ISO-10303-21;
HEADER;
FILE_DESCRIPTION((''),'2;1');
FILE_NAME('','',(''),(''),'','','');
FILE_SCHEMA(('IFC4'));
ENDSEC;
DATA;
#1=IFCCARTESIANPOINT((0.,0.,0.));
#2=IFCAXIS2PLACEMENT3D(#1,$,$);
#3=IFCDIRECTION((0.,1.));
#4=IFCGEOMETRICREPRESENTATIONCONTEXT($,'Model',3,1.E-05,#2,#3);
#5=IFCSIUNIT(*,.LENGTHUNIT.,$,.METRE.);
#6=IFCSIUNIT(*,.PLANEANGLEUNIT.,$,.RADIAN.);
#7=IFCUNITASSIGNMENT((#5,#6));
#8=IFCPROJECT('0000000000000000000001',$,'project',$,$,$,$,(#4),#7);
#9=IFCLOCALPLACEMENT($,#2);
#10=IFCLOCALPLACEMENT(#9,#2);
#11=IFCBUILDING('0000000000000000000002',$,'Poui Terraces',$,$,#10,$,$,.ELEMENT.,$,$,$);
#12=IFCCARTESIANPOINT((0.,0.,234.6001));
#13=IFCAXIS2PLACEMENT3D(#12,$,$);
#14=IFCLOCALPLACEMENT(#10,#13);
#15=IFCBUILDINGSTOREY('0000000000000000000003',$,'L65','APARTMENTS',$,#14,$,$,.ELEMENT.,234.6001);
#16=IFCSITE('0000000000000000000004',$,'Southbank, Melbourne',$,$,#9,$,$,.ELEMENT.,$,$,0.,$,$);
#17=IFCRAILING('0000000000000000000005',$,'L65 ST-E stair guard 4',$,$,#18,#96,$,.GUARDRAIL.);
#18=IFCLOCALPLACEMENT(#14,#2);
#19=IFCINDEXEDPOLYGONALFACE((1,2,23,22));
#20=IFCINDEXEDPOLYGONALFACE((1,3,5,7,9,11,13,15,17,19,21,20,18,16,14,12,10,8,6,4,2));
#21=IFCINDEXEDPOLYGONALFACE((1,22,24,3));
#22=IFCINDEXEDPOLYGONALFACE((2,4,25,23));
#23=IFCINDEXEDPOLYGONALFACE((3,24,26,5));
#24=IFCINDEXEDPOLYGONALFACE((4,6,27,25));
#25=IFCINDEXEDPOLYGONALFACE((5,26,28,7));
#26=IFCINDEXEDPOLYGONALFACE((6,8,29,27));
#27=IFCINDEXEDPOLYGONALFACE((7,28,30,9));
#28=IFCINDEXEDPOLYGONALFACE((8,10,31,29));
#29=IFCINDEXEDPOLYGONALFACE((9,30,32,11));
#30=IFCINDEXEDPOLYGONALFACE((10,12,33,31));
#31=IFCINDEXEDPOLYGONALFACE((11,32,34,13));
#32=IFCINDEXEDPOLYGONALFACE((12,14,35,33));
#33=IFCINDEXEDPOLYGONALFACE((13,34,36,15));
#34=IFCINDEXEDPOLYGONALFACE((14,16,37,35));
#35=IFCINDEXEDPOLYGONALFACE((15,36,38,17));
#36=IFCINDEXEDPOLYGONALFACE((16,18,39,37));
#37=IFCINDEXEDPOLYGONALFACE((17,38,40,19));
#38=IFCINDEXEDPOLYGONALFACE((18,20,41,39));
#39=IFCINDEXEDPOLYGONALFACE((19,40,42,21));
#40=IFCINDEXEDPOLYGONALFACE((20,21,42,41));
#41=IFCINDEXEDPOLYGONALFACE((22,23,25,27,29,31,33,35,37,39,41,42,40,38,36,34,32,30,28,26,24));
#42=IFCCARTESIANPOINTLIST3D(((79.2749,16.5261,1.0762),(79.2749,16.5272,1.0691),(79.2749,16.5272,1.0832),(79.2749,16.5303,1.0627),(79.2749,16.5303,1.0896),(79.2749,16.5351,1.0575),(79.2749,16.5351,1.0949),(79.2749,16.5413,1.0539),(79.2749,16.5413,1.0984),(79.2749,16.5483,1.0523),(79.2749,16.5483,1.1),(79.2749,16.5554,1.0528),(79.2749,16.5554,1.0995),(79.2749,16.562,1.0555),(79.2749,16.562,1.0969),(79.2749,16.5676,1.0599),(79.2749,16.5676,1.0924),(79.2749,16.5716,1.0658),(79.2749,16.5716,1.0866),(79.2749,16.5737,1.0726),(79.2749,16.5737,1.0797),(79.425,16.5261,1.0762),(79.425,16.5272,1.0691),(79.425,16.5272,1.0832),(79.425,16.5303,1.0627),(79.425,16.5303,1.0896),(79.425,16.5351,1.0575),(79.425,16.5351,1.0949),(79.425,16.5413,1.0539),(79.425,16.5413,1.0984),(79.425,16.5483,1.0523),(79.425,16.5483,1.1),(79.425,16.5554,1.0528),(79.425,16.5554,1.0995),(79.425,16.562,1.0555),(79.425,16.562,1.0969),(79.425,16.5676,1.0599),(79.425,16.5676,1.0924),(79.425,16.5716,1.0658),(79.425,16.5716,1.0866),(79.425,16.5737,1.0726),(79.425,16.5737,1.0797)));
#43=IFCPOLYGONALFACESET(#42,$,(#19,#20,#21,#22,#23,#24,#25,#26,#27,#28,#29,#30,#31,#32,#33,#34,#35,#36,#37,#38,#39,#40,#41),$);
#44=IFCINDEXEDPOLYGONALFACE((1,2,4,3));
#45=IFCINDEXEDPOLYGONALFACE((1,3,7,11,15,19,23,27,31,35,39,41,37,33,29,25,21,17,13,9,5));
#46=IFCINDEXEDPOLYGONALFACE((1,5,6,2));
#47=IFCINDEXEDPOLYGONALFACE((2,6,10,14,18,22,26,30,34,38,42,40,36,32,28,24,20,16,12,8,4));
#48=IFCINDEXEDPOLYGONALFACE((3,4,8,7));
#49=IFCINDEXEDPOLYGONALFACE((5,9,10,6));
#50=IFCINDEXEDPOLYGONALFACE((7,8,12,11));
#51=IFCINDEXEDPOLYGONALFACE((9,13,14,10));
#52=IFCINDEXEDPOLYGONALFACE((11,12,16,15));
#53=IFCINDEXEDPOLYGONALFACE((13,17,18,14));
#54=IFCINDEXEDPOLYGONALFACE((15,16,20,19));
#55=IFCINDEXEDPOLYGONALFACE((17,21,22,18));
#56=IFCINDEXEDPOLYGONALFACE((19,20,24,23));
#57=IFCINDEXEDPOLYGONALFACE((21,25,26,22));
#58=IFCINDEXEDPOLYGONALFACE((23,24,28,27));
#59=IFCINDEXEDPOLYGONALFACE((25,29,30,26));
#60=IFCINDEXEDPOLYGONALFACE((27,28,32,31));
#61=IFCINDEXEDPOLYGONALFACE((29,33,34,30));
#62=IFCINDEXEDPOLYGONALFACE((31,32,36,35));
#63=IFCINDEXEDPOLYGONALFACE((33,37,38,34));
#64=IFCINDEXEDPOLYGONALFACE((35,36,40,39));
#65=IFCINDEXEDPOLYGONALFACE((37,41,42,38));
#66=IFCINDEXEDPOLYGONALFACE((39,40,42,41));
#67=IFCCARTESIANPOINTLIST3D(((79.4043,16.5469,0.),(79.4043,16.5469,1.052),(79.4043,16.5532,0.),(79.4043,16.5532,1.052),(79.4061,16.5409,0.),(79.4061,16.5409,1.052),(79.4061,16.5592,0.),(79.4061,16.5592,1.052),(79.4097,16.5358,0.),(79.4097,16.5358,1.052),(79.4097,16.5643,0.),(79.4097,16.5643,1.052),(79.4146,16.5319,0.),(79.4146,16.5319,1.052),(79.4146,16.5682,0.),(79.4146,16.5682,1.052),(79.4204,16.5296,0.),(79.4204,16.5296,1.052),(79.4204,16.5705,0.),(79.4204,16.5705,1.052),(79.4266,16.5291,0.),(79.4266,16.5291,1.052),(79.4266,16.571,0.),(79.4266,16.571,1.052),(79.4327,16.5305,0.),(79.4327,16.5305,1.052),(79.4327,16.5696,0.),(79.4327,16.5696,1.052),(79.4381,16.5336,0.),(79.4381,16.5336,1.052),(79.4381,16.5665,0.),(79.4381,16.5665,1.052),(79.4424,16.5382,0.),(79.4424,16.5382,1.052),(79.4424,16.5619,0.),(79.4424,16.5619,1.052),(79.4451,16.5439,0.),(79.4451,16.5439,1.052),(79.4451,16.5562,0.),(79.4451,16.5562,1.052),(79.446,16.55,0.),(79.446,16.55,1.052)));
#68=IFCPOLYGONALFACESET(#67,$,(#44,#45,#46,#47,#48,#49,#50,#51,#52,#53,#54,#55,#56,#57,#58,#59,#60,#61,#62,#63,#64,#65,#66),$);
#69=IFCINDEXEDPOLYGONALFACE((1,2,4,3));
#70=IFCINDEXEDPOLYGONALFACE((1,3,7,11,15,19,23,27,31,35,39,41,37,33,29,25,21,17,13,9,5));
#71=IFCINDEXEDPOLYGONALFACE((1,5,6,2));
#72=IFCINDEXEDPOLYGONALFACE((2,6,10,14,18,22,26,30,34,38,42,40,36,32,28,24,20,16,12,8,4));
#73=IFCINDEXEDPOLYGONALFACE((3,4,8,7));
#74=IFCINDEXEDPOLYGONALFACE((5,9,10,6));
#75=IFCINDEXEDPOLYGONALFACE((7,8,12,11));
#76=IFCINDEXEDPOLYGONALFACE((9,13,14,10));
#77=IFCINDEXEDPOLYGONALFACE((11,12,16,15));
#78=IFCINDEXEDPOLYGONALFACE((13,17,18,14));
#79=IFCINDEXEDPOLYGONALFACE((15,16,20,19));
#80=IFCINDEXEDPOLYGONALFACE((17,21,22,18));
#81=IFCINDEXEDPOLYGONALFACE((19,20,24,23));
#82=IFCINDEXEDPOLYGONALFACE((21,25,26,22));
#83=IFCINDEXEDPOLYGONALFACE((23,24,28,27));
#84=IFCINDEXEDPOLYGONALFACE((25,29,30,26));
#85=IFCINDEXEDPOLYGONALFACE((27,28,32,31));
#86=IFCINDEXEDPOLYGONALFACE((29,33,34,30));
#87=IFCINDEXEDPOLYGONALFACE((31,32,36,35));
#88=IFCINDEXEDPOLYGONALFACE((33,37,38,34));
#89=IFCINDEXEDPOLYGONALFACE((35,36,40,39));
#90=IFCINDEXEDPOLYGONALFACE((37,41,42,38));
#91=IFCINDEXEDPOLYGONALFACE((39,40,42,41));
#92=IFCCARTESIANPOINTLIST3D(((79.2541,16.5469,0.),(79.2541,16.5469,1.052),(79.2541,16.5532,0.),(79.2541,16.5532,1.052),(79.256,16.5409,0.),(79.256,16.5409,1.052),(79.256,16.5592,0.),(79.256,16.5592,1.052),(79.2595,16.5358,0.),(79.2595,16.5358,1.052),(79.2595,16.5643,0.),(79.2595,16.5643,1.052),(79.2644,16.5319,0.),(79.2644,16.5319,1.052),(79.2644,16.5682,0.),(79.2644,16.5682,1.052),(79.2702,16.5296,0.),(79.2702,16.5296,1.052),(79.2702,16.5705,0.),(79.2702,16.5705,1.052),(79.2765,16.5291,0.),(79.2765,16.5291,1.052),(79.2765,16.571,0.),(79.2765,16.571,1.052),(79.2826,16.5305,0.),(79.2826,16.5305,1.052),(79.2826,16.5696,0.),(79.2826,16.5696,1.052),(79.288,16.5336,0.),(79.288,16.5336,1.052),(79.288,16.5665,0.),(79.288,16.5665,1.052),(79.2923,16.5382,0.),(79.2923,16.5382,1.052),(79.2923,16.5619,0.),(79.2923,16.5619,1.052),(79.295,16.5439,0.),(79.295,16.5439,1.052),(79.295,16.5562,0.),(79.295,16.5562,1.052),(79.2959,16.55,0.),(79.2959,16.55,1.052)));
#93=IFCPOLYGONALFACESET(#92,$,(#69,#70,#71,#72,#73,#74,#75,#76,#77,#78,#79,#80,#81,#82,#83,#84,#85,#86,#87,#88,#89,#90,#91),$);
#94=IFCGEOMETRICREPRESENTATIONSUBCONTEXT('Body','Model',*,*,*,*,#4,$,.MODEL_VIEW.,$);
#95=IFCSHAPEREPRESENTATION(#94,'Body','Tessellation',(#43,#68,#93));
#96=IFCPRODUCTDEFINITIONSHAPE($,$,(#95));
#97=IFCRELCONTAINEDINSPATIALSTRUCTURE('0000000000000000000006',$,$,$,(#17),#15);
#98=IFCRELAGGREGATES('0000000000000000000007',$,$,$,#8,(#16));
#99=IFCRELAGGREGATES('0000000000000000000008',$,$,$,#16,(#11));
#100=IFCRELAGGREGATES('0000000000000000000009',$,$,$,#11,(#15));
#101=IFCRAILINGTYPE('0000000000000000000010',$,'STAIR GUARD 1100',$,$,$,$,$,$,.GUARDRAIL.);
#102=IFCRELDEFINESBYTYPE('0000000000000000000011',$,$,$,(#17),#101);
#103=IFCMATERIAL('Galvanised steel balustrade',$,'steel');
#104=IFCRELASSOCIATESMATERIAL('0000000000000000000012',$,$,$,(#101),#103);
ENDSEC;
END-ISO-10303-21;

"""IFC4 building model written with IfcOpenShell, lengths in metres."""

from ifc_helpers import new_model, si_unit, direction, frame, origin, origin_2d, place, context, subcontext, project, spatial, circle, extrude, material, type_object, element, save


model = new_model("IFC4")

# Units and contexts
model_context = context("Model", 3, precision=1e-05, world=origin(), true_north=direction((0.0, 1.0)))
body_context = subcontext(model_context, "Body", "Model", "MODEL_VIEW")
ifc_project = project(units=[si_unit("LENGTHUNIT", "METRE"), si_unit("PLANEANGLEUNIT", "RADIAN")], contexts=[model_context])

# Site, building, storey
site_placement = place(None, origin())
site = spatial("IfcSite", under=ifc_project, at=site_placement, Name="Southbank, Melbourne", CompositionType="ELEMENT", RefElevation=0.0)
building_placement = place(site_placement, origin())
building = spatial("IfcBuilding", under=site, at=building_placement, Name="Poui Terraces", CompositionType="ELEMENT")
storey_placement = place(building_placement, frame((0.0, 0.0, 234.6001)))
storey = spatial("IfcBuildingStorey", under=building, at=storey_placement, Name="L65", Description="APARTMENTS", CompositionType="ELEMENT", Elevation=234.6001)

# Railing
ifc_material_1 = material(Name="Galvanised steel balustrade", Category="steel")
railing_type_1 = type_object("IfcRailingType", Name="STAIR GUARD 1100", PredefinedType="GUARDRAIL", material=ifc_material_1)
railing_1_placement = place(storey_placement, frame((79.425, 16.55, 0.0)))
element("IfcRailing", 1, at=railing_1_placement, inside=storey, type_object=railing_type_1, Name="L65 ST-E stair guard 4", PredefinedType="GUARDRAIL", context=body_context, shape_type="SweptSolid", body=[
    extrude(circle(Radius=0.0239, at=origin_2d()), frame((0.0, 0.0, 1.0762), z_axis=(-1.0, 0.0, 0.0), x_axis=(0.0, -1.0, 0.0)), (0.0, 0.0, 1.0), 0.1501),
    extrude(circle(Radius=0.021, at=origin_2d()), origin(), (0.0, 0.0, 1.0), 1.052),
    extrude(circle(Radius=0.021, at=origin_2d()), frame((-0.1501, 0.0, 0.0)), (0.0, 0.0, 1.0), 1.052),
])

save(model, "model.ifc")
